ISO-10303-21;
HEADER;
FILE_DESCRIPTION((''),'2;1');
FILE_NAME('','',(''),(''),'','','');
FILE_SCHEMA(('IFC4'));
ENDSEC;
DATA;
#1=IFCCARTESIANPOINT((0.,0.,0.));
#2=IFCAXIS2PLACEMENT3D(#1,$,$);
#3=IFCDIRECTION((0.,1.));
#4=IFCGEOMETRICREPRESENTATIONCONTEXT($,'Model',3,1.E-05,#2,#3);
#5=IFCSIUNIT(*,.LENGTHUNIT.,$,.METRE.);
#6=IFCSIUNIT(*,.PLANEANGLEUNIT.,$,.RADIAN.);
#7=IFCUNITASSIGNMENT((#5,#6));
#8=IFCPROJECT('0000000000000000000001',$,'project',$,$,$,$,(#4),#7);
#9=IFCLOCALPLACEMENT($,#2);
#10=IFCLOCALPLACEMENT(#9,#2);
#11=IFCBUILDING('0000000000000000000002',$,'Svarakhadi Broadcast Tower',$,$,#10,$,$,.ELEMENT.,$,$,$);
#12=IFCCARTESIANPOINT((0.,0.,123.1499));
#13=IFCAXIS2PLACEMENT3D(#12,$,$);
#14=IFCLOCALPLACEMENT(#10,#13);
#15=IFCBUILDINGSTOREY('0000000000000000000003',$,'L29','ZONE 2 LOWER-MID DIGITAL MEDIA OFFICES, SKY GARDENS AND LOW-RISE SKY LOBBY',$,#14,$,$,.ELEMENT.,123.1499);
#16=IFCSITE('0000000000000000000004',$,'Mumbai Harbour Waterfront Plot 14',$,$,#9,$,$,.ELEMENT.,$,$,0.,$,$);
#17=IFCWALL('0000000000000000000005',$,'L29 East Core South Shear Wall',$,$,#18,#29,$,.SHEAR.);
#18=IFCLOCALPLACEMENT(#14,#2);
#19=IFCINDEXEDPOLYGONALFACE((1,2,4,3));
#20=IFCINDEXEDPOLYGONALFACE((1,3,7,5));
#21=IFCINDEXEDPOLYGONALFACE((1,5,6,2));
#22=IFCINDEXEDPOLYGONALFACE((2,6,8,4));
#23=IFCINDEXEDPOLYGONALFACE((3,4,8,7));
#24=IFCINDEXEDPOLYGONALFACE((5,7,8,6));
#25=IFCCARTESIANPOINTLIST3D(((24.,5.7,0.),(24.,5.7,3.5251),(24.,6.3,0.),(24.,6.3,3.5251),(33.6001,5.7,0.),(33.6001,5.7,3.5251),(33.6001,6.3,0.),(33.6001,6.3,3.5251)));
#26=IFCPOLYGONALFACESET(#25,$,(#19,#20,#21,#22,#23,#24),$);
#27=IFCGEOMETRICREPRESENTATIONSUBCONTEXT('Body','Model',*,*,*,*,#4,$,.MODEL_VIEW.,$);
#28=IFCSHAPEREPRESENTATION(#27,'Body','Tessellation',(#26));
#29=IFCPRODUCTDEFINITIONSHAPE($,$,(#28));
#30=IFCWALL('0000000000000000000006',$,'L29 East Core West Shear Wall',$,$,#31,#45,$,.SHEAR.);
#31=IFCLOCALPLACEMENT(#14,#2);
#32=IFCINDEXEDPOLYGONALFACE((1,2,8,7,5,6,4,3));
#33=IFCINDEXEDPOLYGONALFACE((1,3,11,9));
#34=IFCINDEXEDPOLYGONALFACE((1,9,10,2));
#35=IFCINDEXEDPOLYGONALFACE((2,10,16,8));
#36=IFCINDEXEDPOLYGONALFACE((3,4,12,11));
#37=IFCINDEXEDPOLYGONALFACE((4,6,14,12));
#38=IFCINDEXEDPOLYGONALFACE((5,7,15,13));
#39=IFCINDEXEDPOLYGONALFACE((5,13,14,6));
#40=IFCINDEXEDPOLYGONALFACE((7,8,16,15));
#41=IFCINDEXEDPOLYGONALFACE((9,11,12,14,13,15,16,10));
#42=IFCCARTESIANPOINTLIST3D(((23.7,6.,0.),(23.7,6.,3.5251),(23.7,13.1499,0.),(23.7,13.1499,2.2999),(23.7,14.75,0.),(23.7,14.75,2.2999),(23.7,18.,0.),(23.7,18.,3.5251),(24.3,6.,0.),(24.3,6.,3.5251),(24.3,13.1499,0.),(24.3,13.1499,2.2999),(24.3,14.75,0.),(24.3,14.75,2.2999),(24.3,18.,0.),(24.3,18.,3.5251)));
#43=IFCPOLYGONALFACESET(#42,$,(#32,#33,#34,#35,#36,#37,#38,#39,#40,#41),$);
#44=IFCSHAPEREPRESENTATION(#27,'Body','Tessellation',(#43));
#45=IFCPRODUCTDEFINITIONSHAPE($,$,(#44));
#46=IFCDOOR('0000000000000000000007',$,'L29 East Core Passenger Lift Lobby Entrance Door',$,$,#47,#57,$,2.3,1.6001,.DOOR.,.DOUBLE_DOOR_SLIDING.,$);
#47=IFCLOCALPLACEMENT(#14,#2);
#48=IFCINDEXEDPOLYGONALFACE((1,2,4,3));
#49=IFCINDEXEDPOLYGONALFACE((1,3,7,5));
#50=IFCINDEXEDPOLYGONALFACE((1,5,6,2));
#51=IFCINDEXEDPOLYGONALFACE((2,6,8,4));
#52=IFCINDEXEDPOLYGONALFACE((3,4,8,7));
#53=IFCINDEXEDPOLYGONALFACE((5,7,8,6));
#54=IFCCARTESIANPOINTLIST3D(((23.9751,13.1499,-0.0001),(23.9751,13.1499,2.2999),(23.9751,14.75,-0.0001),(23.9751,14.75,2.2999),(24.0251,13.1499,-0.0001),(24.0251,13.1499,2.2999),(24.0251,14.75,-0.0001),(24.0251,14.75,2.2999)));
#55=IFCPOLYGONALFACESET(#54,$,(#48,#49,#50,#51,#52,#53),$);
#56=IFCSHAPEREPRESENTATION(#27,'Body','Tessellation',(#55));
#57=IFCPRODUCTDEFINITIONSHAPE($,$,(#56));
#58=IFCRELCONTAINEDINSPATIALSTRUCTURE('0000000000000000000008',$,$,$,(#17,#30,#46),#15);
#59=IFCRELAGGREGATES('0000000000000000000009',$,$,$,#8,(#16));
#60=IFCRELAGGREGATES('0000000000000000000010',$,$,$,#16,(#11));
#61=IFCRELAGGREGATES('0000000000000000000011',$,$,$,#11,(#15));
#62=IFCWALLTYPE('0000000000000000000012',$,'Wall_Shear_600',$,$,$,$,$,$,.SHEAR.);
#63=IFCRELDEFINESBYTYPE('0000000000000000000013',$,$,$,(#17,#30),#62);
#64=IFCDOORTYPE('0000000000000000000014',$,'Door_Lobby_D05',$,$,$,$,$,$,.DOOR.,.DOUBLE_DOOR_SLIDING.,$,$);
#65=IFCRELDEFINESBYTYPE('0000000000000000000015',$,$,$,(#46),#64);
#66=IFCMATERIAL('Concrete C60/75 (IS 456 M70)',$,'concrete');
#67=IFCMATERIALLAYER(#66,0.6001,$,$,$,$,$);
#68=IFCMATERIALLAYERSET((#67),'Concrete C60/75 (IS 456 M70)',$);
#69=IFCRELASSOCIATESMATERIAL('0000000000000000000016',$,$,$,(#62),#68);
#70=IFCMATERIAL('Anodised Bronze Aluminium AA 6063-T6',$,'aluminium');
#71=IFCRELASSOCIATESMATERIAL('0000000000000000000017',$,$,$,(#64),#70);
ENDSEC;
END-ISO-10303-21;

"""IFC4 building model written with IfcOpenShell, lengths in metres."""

from ifc_helpers import new_model, si_unit, direction, frame, frame_2d, origin, place, context, subcontext, project, spatial, rectangle, extrude, material, layer, layer_set, type_object, element, fill, save


model = new_model("IFC4")

# Units and contexts
model_context = context("Model", 3, precision=1e-05, world=origin(), true_north=direction((0.0, 1.0)))
body_context = subcontext(model_context, "Body", "Model", "MODEL_VIEW")
ifc_project = project(units=[si_unit("LENGTHUNIT", "METRE"), si_unit("PLANEANGLEUNIT", "RADIAN")], contexts=[model_context])

# Site, building, storey
site_placement = place(None, origin())
site = spatial("IfcSite", under=ifc_project, at=site_placement, Name="Mumbai Harbour Waterfront Plot 14", CompositionType="ELEMENT", RefElevation=0.0)
building_placement = place(site_placement, origin())
building = spatial("IfcBuilding", under=site, at=building_placement, Name="Svarakhadi Broadcast Tower", CompositionType="ELEMENT")
storey_placement = place(building_placement, frame((0.0, 0.0, 123.1499)))
storey = spatial("IfcBuildingStorey", under=building, at=storey_placement, Name="L29", Description="ZONE 2 LOWER-MID DIGITAL MEDIA OFFICES, SKY GARDENS AND LOW-RISE SKY LOBBY", CompositionType="ELEMENT", Elevation=123.1499)

# Wall
ifc_material_1 = material(Name="Concrete C60/75 (IS 456 M70)", Category="concrete")
ifc_layer_1 = layer(ifc_material_1, 0.6001)
ifc_layer_set_1 = layer_set([ifc_layer_1], Name="Concrete C60/75 (IS 456 M70)")
wall_type_1 = type_object("IfcWallType", Name="Wall_Shear_600", PredefinedType="SHEAR", material=ifc_layer_set_1)
wall_1_placement = place(storey_placement, frame((24.0, 6.0, 0.0), z_axis=(0.0, 0.0, 1.0), x_axis=(1.0, 0.0, 0.0)))
element("IfcWall", 1, at=wall_1_placement, inside=storey, type_object=wall_type_1, Name="L29 East Core South Shear Wall", PredefinedType="SHEAR", context=body_context, shape_type="SweptSolid", body=[
    extrude(rectangle(XDim=9.6001, YDim=0.6001, at=frame_2d((4.8, 0.0))), origin(), (0.0, 0.0, 1.0), 3.5251),
])

# Wall, opening, door
wall_2_placement = place(storey_placement, frame((24.0, 6.0, 0.0), z_axis=(0.0, 0.0, 1.0), x_axis=(0.0, 1.0, 0.0)))
wall_2 = element("IfcWall", 2, at=wall_2_placement, inside=storey, type_object=wall_type_1, Name="L29 East Core West Shear Wall", PredefinedType="SHEAR", context=body_context, shape_type="SweptSolid", body=[
    extrude(rectangle(XDim=12.0, YDim=0.6001, at=frame_2d((6.0, 0.0))), origin(), (0.0, 0.0, 1.0), 3.5251),
])
opening_1_placement = place(wall_2_placement, frame((7.1499, 0.0, 0.0)))
opening_1 = element("IfcOpeningElement", 3, at=opening_1_placement, cuts=wall_2, PredefinedType="OPENING", context=body_context, shape_type="SweptSolid", body=[
    extrude(rectangle(XDim=1.6001, YDim=2.3, at=frame_2d((0.8, 1.1499))), frame((0.0, 0.3101, 0.0), z_axis=(0.0, -1.0, 0.0), x_axis=(1.0, 0.0, 0.0)), (0.0, 0.0, 1.0), 0.6201),
])
ifc_material_2 = material(Name="Anodised Bronze Aluminium AA 6063-T6", Category="aluminium")
door_type_1 = type_object("IfcDoorType", Name="Door_Lobby_D05", OperationType="DOUBLE_DOOR_SLIDING", PredefinedType="DOOR", material=ifc_material_2)
door_1_placement = place(opening_1_placement, origin())
door_1 = element("IfcDoor", 4, at=door_1_placement, inside=storey, type_object=door_type_1, Name="L29 East Core Passenger Lift Lobby Entrance Door", OperationType="DOUBLE_DOOR_SLIDING", OverallHeight=2.3, OverallWidth=1.6001, PredefinedType="DOOR", context=body_context, shape_type="SweptSolid", body=[
    extrude(rectangle(XDim=1.6001, YDim=2.3, at=frame_2d((0.8, 1.1499))), frame((0.0, 0.0249, 0.0), z_axis=(0.0, -1.0, 0.0), x_axis=(1.0, 0.0, 0.0)), (0.0, 0.0, 1.0), 0.05),
])
fill(opening_1, door_1)

save(model, "model.ifc")
